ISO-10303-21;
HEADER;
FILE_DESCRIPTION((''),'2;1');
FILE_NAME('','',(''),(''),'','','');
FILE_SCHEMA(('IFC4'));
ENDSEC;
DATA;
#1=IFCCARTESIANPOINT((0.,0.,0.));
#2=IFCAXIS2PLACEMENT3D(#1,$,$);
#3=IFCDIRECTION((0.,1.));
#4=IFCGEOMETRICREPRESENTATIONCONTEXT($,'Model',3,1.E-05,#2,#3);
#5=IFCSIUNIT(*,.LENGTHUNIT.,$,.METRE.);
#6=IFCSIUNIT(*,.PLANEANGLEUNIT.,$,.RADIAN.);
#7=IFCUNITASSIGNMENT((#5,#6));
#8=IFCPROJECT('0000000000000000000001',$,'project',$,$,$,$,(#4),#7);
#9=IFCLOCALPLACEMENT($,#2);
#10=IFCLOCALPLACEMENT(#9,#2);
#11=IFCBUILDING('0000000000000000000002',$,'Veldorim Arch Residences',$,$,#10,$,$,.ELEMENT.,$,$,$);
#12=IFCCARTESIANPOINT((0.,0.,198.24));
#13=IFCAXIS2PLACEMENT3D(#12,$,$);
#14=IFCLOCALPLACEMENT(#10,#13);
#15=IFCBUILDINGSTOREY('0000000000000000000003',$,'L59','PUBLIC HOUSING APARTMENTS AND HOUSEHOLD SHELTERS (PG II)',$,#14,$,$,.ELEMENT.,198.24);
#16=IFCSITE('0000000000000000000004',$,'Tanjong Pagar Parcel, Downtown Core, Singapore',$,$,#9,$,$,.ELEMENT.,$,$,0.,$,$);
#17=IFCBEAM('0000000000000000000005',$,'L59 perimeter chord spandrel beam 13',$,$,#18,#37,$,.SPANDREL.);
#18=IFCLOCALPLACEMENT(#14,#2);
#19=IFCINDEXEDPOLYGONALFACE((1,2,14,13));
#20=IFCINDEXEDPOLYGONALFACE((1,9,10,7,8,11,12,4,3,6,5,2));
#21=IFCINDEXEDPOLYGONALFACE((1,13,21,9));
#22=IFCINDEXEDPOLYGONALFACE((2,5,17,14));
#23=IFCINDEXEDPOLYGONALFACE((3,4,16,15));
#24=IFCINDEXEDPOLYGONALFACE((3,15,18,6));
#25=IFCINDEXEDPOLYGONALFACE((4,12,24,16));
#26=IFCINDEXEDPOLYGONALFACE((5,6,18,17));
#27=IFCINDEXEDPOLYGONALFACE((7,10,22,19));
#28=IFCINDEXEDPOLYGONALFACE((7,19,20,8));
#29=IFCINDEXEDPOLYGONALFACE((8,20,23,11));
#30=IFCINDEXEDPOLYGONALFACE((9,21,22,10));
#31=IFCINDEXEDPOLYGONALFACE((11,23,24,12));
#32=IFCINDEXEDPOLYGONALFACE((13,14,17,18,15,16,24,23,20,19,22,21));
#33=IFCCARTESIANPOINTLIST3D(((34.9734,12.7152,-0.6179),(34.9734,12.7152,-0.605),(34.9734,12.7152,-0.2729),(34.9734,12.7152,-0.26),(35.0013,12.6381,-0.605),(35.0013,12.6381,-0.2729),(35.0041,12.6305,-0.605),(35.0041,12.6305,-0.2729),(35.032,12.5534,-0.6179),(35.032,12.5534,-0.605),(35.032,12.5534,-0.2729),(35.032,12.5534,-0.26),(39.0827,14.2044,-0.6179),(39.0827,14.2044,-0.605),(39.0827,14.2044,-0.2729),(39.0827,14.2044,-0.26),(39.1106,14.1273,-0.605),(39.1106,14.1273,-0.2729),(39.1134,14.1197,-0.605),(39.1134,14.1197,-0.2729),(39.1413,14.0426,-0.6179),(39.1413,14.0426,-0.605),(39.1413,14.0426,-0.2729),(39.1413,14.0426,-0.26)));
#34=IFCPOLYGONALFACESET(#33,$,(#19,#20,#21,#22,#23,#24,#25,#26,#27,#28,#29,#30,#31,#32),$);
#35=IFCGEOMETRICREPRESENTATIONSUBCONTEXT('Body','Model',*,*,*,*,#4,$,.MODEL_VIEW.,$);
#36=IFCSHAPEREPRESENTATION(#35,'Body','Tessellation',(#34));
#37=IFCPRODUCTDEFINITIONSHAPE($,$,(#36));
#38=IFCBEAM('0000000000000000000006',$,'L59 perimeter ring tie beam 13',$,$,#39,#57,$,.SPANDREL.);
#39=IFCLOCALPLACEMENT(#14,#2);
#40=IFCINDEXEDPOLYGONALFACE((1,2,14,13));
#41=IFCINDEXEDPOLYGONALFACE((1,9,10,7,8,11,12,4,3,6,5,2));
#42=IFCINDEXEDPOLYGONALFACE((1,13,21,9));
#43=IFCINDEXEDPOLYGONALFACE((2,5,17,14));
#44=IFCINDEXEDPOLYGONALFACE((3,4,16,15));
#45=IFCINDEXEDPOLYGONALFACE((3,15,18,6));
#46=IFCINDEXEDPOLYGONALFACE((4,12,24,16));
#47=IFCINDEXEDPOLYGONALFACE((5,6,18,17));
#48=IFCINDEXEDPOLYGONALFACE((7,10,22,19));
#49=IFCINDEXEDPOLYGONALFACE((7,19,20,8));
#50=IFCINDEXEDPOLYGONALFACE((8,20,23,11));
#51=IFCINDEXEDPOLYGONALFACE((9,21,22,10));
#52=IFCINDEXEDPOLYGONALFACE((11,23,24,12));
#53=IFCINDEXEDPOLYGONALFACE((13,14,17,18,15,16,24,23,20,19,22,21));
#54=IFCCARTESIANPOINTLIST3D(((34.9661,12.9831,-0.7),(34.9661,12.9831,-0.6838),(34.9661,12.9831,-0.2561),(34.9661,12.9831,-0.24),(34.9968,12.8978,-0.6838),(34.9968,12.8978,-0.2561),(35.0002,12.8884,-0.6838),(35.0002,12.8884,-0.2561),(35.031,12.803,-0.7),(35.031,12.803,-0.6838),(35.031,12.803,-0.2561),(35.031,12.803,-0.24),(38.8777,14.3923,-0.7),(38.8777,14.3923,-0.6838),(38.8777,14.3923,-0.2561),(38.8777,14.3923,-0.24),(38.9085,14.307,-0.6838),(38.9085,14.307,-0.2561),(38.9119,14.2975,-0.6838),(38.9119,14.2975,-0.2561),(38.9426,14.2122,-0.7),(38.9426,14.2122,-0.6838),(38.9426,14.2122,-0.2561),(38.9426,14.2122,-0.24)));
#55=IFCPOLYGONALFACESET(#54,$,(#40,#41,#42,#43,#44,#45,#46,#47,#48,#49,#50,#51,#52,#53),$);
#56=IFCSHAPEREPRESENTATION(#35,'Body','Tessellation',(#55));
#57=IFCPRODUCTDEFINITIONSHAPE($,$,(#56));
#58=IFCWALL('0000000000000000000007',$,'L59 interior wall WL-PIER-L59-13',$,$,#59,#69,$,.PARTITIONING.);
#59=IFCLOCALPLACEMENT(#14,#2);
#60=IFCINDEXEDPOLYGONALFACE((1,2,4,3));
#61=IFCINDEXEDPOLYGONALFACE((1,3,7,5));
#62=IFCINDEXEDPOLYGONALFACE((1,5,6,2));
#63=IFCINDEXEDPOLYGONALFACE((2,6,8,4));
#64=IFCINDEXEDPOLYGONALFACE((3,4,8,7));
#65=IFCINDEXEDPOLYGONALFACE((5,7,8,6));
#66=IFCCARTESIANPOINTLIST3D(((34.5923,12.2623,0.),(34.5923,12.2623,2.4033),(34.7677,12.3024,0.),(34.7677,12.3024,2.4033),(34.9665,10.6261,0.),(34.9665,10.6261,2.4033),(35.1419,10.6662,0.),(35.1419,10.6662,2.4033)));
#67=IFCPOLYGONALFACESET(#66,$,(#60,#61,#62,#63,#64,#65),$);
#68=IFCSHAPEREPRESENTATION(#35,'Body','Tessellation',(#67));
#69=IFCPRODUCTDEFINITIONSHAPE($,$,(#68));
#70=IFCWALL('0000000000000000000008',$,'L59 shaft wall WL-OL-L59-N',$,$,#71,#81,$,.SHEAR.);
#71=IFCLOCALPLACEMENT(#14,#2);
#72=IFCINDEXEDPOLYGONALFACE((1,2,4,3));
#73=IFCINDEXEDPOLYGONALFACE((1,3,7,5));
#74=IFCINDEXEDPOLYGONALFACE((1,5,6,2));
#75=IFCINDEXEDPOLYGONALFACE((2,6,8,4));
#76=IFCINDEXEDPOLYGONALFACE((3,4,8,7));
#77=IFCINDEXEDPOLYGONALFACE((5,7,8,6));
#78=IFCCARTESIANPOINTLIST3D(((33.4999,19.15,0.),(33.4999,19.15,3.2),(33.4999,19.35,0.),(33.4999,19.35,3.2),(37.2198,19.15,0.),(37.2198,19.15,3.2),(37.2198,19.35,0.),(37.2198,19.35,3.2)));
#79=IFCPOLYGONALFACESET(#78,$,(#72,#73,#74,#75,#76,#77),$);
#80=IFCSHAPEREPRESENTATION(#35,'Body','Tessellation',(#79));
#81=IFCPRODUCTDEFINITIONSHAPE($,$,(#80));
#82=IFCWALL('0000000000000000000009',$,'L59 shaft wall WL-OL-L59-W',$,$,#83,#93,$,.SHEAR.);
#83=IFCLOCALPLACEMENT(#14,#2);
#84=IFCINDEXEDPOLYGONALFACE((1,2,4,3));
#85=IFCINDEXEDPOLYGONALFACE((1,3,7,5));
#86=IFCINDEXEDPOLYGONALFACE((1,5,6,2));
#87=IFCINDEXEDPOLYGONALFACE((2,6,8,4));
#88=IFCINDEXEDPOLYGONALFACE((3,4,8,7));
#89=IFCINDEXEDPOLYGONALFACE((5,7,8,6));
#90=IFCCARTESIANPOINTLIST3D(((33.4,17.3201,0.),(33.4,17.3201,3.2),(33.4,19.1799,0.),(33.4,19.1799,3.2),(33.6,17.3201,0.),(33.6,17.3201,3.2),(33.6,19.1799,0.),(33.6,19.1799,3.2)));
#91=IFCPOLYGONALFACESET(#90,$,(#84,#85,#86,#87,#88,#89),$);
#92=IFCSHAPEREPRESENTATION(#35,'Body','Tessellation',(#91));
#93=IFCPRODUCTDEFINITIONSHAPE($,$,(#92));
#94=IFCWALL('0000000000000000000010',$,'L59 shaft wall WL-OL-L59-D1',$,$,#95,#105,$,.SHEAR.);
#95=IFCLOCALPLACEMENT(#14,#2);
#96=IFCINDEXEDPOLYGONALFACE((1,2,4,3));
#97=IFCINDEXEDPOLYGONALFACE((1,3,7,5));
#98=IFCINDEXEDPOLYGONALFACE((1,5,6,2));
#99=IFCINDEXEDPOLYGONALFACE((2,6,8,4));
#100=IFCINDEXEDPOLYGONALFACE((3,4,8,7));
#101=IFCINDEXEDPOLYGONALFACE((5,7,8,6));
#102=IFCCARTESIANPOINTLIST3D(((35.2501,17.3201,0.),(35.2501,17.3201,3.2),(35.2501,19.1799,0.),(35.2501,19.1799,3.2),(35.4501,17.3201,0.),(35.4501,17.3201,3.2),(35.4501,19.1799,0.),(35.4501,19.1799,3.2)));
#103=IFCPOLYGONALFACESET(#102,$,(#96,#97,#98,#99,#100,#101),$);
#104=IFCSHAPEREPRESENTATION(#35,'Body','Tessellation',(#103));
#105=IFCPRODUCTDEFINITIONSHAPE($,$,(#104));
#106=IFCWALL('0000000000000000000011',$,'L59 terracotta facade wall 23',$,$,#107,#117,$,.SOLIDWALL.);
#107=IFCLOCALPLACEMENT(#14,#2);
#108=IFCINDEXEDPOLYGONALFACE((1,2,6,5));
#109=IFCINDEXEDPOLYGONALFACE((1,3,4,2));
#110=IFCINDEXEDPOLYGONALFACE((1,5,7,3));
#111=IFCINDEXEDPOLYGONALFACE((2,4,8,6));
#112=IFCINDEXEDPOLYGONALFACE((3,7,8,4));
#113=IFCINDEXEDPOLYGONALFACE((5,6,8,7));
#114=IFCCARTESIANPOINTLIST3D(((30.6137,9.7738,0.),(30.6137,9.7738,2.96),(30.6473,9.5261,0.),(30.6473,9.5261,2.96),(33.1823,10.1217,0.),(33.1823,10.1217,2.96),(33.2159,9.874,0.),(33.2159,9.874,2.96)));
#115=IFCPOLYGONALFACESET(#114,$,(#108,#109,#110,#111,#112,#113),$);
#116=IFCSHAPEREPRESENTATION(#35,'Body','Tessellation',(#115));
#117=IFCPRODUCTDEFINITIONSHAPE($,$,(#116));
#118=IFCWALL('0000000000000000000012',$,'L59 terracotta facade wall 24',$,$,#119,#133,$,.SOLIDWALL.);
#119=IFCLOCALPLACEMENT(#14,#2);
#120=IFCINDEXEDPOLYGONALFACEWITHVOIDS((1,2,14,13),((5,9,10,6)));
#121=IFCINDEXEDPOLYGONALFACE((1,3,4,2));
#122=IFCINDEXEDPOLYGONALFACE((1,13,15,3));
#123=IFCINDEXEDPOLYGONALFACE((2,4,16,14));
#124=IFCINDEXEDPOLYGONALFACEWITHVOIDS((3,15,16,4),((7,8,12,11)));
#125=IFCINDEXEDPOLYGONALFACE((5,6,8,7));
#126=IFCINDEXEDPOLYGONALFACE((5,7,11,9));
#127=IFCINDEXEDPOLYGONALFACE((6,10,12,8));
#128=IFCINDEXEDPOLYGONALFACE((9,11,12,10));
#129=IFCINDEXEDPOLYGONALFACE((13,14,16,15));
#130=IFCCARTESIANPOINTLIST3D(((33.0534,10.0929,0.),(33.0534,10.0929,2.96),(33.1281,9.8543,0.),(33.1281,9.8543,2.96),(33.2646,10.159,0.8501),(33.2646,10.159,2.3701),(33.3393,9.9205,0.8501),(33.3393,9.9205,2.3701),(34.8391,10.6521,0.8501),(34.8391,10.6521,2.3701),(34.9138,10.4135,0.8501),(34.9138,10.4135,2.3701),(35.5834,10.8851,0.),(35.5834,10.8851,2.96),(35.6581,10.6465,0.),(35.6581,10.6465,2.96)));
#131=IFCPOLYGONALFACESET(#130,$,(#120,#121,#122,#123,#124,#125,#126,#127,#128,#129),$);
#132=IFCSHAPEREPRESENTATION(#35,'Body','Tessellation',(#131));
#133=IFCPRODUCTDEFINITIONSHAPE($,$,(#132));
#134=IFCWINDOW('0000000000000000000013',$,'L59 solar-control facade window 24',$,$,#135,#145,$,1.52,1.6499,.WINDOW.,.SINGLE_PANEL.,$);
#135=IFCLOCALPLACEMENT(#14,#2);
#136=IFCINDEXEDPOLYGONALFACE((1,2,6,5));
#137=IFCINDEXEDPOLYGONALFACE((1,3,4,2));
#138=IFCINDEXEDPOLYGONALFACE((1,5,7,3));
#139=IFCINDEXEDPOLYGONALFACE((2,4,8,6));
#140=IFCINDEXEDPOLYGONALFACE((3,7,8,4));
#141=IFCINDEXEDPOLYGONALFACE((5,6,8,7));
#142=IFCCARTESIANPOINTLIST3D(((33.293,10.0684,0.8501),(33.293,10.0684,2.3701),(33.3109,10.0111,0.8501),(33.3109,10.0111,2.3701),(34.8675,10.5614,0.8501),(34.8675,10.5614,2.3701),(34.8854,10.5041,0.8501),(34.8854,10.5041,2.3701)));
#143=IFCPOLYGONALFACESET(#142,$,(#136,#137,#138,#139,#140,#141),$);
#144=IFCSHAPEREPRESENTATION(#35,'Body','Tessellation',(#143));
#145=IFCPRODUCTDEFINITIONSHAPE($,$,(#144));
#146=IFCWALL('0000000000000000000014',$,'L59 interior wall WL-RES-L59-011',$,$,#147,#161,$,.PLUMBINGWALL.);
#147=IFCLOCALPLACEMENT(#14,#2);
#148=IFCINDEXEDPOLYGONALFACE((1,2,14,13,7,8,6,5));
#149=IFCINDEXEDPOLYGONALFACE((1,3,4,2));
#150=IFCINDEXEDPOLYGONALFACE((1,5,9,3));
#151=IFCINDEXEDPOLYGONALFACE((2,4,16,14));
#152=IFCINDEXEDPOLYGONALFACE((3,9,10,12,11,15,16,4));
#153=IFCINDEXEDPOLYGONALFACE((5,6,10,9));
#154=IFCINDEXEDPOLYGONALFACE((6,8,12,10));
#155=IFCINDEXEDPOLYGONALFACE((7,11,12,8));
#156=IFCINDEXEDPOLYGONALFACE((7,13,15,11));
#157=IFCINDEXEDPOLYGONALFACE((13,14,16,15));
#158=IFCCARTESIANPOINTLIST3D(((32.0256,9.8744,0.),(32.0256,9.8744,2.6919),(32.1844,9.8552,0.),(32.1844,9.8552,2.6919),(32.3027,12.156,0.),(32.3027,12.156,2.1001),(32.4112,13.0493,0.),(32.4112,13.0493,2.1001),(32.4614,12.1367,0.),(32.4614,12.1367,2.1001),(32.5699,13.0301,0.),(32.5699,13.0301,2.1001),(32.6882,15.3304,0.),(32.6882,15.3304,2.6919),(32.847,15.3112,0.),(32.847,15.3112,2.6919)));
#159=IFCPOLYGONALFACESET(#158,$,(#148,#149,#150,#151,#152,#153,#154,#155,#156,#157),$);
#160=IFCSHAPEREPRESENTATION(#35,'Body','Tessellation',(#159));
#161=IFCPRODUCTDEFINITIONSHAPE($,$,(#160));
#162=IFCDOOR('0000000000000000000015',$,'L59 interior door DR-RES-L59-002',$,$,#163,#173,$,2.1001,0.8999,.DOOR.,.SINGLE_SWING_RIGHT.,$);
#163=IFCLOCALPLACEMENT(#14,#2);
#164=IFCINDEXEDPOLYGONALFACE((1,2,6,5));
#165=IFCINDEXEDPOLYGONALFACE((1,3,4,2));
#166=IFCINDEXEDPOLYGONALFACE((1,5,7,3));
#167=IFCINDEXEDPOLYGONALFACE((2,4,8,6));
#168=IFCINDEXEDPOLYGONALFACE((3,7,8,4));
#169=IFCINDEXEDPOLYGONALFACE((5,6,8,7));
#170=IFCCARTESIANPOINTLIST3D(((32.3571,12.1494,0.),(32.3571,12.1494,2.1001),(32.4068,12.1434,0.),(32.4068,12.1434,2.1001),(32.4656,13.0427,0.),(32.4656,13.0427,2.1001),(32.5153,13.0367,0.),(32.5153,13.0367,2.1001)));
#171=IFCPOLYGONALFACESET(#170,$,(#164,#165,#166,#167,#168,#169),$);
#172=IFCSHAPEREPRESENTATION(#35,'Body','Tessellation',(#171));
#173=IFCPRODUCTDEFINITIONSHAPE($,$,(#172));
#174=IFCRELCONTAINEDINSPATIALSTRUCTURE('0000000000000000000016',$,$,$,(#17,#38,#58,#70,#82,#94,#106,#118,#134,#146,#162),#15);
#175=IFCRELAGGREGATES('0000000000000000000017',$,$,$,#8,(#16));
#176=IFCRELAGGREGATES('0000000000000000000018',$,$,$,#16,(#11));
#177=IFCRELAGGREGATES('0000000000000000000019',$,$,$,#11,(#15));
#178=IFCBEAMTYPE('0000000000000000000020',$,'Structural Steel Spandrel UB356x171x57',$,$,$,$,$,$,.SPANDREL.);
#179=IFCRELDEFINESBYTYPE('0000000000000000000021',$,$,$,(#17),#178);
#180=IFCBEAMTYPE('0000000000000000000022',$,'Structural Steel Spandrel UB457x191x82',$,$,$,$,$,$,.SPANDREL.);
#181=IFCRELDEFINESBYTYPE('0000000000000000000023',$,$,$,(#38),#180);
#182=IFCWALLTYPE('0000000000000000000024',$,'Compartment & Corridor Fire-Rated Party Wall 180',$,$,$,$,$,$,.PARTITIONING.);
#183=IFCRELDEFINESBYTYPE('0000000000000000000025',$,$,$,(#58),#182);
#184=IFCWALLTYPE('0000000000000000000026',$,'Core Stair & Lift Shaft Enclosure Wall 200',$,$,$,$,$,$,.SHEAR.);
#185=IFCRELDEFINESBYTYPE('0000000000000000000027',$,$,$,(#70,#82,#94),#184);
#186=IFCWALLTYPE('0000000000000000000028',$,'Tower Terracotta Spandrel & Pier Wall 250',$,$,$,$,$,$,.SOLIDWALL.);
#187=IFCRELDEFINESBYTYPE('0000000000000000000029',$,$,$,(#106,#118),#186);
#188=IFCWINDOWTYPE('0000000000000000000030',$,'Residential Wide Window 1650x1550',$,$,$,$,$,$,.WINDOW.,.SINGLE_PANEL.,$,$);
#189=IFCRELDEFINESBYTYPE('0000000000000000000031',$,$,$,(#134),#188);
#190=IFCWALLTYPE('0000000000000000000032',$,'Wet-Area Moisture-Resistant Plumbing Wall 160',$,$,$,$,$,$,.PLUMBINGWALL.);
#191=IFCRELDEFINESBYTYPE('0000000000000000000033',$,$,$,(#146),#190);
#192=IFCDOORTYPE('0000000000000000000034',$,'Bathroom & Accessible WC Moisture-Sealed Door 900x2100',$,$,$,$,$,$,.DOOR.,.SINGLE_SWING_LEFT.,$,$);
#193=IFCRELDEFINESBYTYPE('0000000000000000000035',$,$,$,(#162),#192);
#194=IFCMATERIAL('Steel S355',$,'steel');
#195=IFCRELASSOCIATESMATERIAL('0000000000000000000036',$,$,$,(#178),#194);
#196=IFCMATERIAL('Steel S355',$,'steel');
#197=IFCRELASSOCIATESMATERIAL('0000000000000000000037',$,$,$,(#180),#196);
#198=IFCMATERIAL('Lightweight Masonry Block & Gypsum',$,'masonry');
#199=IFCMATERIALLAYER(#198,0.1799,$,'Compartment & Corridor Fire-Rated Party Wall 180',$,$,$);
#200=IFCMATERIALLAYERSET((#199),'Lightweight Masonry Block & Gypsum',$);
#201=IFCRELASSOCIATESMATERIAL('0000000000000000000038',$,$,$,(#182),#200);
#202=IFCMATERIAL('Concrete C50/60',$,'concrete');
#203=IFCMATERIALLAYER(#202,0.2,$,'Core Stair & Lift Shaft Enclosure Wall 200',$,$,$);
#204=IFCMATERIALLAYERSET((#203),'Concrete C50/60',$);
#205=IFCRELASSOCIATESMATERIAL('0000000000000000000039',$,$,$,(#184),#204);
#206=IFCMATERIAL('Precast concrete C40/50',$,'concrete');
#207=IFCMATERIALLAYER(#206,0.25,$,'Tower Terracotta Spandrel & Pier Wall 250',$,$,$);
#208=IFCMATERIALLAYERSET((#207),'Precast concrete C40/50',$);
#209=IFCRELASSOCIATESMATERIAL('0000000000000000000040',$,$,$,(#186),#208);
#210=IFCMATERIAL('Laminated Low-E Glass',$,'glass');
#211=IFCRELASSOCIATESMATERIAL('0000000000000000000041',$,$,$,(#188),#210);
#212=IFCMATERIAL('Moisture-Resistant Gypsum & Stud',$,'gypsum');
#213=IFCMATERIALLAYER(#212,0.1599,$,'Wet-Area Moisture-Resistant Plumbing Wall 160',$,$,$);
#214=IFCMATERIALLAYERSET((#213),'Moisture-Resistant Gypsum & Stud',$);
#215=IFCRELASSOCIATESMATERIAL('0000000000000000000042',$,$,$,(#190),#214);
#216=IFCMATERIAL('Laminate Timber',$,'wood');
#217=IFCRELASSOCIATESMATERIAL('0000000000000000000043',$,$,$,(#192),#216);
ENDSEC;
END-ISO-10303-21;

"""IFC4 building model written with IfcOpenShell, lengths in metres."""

from ifc_helpers import new_model, si_unit, direction, frame, frame_2d, origin, origin_2d, place, context, subcontext, project, spatial, rectangle, i_section, extrude, material, layer, layer_set, material_profile, profile_set, type_object, element, fill, save


model = new_model("IFC4")

# Units and contexts
model_context = context("Model", 3, precision=1e-05, world=origin(), true_north=direction((0.0, 1.0)))
body_context = subcontext(model_context, "Body", "Model", "MODEL_VIEW")
ifc_project = project(units=[si_unit("LENGTHUNIT", "METRE"), si_unit("PLANEANGLEUNIT", "RADIAN")], contexts=[model_context])

# Site, building, storey
site_placement = place(None, origin())
site = spatial("IfcSite", under=ifc_project, at=site_placement, Name="Tanjong Pagar Parcel, Downtown Core, Singapore", CompositionType="ELEMENT", RefElevation=0.0)
building_placement = place(site_placement, origin())
building = spatial("IfcBuilding", under=site, at=building_placement, Name="Veldorim Arch Residences", CompositionType="ELEMENT")
storey_placement = place(building_placement, frame((0.0, 0.0, 198.24)))
storey = spatial("IfcBuildingStorey", under=building, at=storey_placement, Name="L59", Description="PUBLIC HOUSING APARTMENTS AND HOUSEHOLD SHELTERS (PG II)", CompositionType="ELEMENT", Elevation=198.24)

# Beams
ifc_material_1 = material(Name="Steel S355", Category="steel")
ifc_material_profile_1 = material_profile(ifc_material_1, i_section(OverallWidth=0.1721, OverallDepth=0.3579, WebThickness=0.0081, FlangeThickness=0.0129, at=origin_2d()), Name="UB356x171x57")
ifc_profile_set_1 = profile_set([ifc_material_profile_1], Name="Steel S355")
beam_type_1 = type_object("IfcBeamType", Name="Structural Steel Spandrel UB356x171x57", PredefinedType="SPANDREL", material=ifc_profile_set_1)
beam_1_placement = place(storey_placement, frame((35.0027, 12.6343, -0.439), z_axis=(0.940165, 0.34072, 0.0), x_axis=(-0.34072, 0.940165, 0.0)))
element("IfcBeam", 1, at=beam_1_placement, inside=storey, type_object=beam_type_1, Name="L59 perimeter chord spandrel beam 13", PredefinedType="SPANDREL", context=body_context, shape_type="SweptSolid", body=[
    extrude(i_section(OverallWidth=0.1721, OverallDepth=0.3579, WebThickness=0.0081, FlangeThickness=0.0129, at=origin_2d()), origin(), (0.0, 0.0, 1.0), 4.3708),
])
ifc_material_2 = material(Name="Steel S355", Category="steel")
ifc_material_profile_2 = material_profile(ifc_material_2, i_section(OverallWidth=0.1914, OverallDepth=0.46, WebThickness=0.01, FlangeThickness=0.0161, at=origin_2d()), Name="UB457x191x82")
ifc_profile_set_2 = profile_set([ifc_material_profile_2], Name="Steel S355")
beam_type_2 = type_object("IfcBeamType", Name="Structural Steel Spandrel UB457x191x82", PredefinedType="SPANDREL", material=ifc_profile_set_2)
beam_2_placement = place(storey_placement, frame((34.9985, 12.8931, -0.47), z_axis=(0.940811, 0.338932, 0.0), x_axis=(-0.338932, 0.940811, 0.0)))
element("IfcBeam", 2, at=beam_2_placement, inside=storey, type_object=beam_type_2, Name="L59 perimeter ring tie beam 13", PredefinedType="SPANDREL", context=body_context, shape_type="SweptSolid", body=[
    extrude(i_section(OverallWidth=0.1914, OverallDepth=0.46, WebThickness=0.01, FlangeThickness=0.0161, at=origin_2d()), origin(), (0.0, 0.0, 1.0), 4.1577),
])

# Walls
ifc_material_3 = material(Name="Lightweight Masonry Block & Gypsum", Category="masonry")
ifc_layer_1 = layer(ifc_material_3, 0.1799, Name="Compartment & Corridor Fire-Rated Party Wall 180")
ifc_layer_set_1 = layer_set([ifc_layer_1], Name="Lightweight Masonry Block & Gypsum")
wall_type_1 = type_object("IfcWallType", Name="Compartment & Corridor Fire-Rated Party Wall 180", PredefinedType="PARTITIONING", material=ifc_layer_set_1)
wall_1_placement = place(storey_placement, frame((34.6799, 12.2825, 0.0), z_axis=(0.0, 0.0, 1.0), x_axis=(0.222979, -0.974823, 0.0)))
element("IfcWall", 3, at=wall_1_placement, inside=storey, type_object=wall_type_1, Name="L59 interior wall WL-PIER-L59-13", PredefinedType="PARTITIONING", context=body_context, shape_type="SweptSolid", body=[
    extrude(rectangle(XDim=1.6785, YDim=0.1799, at=frame_2d((0.8394, 0.0))), origin(), (0.0, 0.0, 1.0), 2.4033),
])
ifc_material_4 = material(Name="Concrete C50/60", Category="concrete")
ifc_layer_2 = layer(ifc_material_4, 0.2, Name="Core Stair & Lift Shaft Enclosure Wall 200")
ifc_layer_set_2 = layer_set([ifc_layer_2], Name="Concrete C50/60")
wall_type_2 = type_object("IfcWallType", Name="Core Stair & Lift Shaft Enclosure Wall 200", PredefinedType="SHEAR", material=ifc_layer_set_2)
wall_2_placement = place(storey_placement, frame((33.5, 19.25, 0.0), z_axis=(0.0, 0.0, 1.0), x_axis=(1.0, 0.0, 0.0)))
element("IfcWall", 4, at=wall_2_placement, inside=storey, type_object=wall_type_2, Name="L59 shaft wall WL-OL-L59-N", PredefinedType="SHEAR", context=body_context, shape_type="SweptSolid", body=[
    extrude(rectangle(XDim=3.72, YDim=0.2, at=frame_2d((1.8599, 0.0))), origin(), (0.0, 0.0, 1.0), 3.2),
])
for number, where, z_axis, x_axis, name in (
    (5, (33.5, 17.3201, 0.0), (0.0, 0.0, 1.0), (0.0, 1.0, 0.0), "L59 shaft wall WL-OL-L59-W"),
    (6, (35.3501, 17.3201, 0.0), (0.0, 0.0, 1.0), (0.0, 1.0, 0.0), "L59 shaft wall WL-OL-L59-D1"),
):
    element("IfcWall", number, at=place(storey_placement, frame(where, z_axis=z_axis, x_axis=x_axis)), inside=storey, type_object=wall_type_2, Name=name, PredefinedType="SHEAR", context=body_context, shape_type="SweptSolid", body=[
        extrude(rectangle(XDim=1.8599, YDim=0.2, at=frame_2d((0.9299, 0.0))), origin(), (0.0, 0.0, 1.0), 3.2),
    ])
ifc_material_5 = material(Name="Precast concrete C40/50", Category="concrete")
ifc_layer_3 = layer(ifc_material_5, 0.25, Name="Tower Terracotta Spandrel & Pier Wall 250")
ifc_layer_set_3 = layer_set([ifc_layer_3], Name="Precast concrete C40/50")
wall_type_3 = type_object("IfcWallType", Name="Tower Terracotta Spandrel & Pier Wall 250", PredefinedType="SOLIDWALL", material=ifc_layer_set_3)
wall_3_placement = place(storey_placement, frame((33.199, 9.9978, 0.0), z_axis=(0.0, 0.0, 1.0), x_axis=(-0.990952, -0.134218, 0.0)))
element("IfcWall", 7, at=wall_3_placement, inside=storey, type_object=wall_type_3, Name="L59 terracotta facade wall 23", PredefinedType="SOLIDWALL", context=body_context, shape_type="SweptSolid", body=[
    extrude(rectangle(XDim=2.592, YDim=0.25, at=frame_2d((1.2959, 0.0))), origin(), (0.0, 0.0, 1.0), 2.96),
])

# Wall, opening, window
wall_4_placement = place(storey_placement, frame((35.6208, 10.7659, 0.0), z_axis=(0.0, 0.0, 1.0), x_axis=(-0.954308, -0.298826, 0.0)))
wall_4 = element("IfcWall", 8, at=wall_4_placement, inside=storey, type_object=wall_type_3, Name="L59 terracotta facade wall 24", PredefinedType="SOLIDWALL", context=body_context, shape_type="SweptSolid", body=[
    extrude(rectangle(XDim=2.6511, YDim=0.25, at=frame_2d((1.3257, 0.0))), origin(), (0.0, 0.0, 1.0), 2.96),
])
opening_1_placement = place(wall_4_placement, frame((0.78, 0.0, 0.8501)))
opening_1 = element("IfcOpeningElement", 9, at=opening_1_placement, cuts=wall_4, PredefinedType="OPENING", context=body_context, shape_type="SweptSolid", body=[
    extrude(rectangle(XDim=1.6499, YDim=1.52, at=frame_2d((0.825, 0.76))), frame((0.0, 0.135, 0.0), z_axis=(0.0, -1.0, 0.0), x_axis=(1.0, 0.0, 0.0)), (0.0, 0.0, 1.0), 0.27),
])
ifc_material_6 = material(Name="Laminated Low-E Glass", Category="glass")
window_type = type_object("IfcWindowType", Name="Residential Wide Window 1650x1550", PartitioningType="SINGLE_PANEL", PredefinedType="WINDOW", material=ifc_material_6)
window_placement = place(opening_1_placement, origin())
window = element("IfcWindow", 10, at=window_placement, inside=storey, type_object=window_type, Name="L59 solar-control facade window 24", OverallHeight=1.52, OverallWidth=1.6499, PartitioningType="SINGLE_PANEL", PredefinedType="WINDOW", context=body_context, shape_type="SweptSolid", body=[
    extrude(rectangle(XDim=1.6499, YDim=1.52, at=frame_2d((0.825, 0.76))), frame((0.0, 0.03, 0.0), z_axis=(0.0, -1.0, 0.0), x_axis=(1.0, 0.0, 0.0)), (0.0, 0.0, 1.0), 0.0601),
])
fill(opening_1, window)

# Wall, opening, door
ifc_material_7 = material(Name="Moisture-Resistant Gypsum & Stud", Category="gypsum")
ifc_layer_4 = layer(ifc_material_7, 0.1599, Name="Wet-Area Moisture-Resistant Plumbing Wall 160")
ifc_layer_set_4 = layer_set([ifc_layer_4], Name="Moisture-Resistant Gypsum & Stud")
wall_type_4 = type_object("IfcWallType", Name="Wet-Area Moisture-Resistant Plumbing Wall 160", PredefinedType="PLUMBINGWALL", material=ifc_layer_set_4)
wall_5_placement = place(storey_placement, frame((32.7676, 15.3208, 0.0), z_axis=(0.0, 0.0, 1.0), x_axis=(-0.120557, -0.992706, 0.0)))
wall_5 = element("IfcWall", 11, at=wall_5_placement, inside=storey, type_object=wall_type_4, Name="L59 interior wall WL-RES-L59-011", PredefinedType="PLUMBINGWALL", context=body_context, shape_type="SweptSolid", body=[
    extrude(rectangle(XDim=5.4961, YDim=0.1599, at=frame_2d((2.748, 0.0))), origin(), (0.0, 0.0, 1.0), 2.6919),
])
opening_2_placement = place(wall_5_placement, frame((2.2979, 0.0, 0.0)))
opening_2 = element("IfcOpeningElement", 12, at=opening_2_placement, cuts=wall_5, PredefinedType="OPENING", context=body_context, shape_type="SweptSolid", body=[
    extrude(rectangle(XDim=0.8999, YDim=2.1001, at=frame_2d((0.45, 1.05))), frame((0.0, 0.0898, 0.0), z_axis=(0.0, -1.0, 0.0), x_axis=(1.0, 0.0, 0.0)), (0.0, 0.0, 1.0), 0.1799),
])
ifc_material_8 = material(Name="Laminate Timber", Category="wood")
door_type = type_object("IfcDoorType", Name="Bathroom & Accessible WC Moisture-Sealed Door 900x2100", OperationType="SINGLE_SWING_LEFT", PredefinedType="DOOR", material=ifc_material_8)
door_placement = place(opening_2_placement, origin())
door = element("IfcDoor", 13, at=door_placement, inside=storey, type_object=door_type, Name="L59 interior door DR-RES-L59-002", OperationType="SINGLE_SWING_RIGHT", OverallHeight=2.1001, OverallWidth=0.8999, PredefinedType="DOOR", context=body_context, shape_type="SweptSolid", body=[
    extrude(rectangle(XDim=0.8999, YDim=2.1001, at=frame_2d((0.45, 1.05))), frame((0.0, 0.0249, 0.0), z_axis=(0.0, -1.0, 0.0), x_axis=(1.0, 0.0, 0.0)), (0.0, 0.0, 1.0), 0.05),
])
fill(opening_2, door)

save(model, "model.ifc")
